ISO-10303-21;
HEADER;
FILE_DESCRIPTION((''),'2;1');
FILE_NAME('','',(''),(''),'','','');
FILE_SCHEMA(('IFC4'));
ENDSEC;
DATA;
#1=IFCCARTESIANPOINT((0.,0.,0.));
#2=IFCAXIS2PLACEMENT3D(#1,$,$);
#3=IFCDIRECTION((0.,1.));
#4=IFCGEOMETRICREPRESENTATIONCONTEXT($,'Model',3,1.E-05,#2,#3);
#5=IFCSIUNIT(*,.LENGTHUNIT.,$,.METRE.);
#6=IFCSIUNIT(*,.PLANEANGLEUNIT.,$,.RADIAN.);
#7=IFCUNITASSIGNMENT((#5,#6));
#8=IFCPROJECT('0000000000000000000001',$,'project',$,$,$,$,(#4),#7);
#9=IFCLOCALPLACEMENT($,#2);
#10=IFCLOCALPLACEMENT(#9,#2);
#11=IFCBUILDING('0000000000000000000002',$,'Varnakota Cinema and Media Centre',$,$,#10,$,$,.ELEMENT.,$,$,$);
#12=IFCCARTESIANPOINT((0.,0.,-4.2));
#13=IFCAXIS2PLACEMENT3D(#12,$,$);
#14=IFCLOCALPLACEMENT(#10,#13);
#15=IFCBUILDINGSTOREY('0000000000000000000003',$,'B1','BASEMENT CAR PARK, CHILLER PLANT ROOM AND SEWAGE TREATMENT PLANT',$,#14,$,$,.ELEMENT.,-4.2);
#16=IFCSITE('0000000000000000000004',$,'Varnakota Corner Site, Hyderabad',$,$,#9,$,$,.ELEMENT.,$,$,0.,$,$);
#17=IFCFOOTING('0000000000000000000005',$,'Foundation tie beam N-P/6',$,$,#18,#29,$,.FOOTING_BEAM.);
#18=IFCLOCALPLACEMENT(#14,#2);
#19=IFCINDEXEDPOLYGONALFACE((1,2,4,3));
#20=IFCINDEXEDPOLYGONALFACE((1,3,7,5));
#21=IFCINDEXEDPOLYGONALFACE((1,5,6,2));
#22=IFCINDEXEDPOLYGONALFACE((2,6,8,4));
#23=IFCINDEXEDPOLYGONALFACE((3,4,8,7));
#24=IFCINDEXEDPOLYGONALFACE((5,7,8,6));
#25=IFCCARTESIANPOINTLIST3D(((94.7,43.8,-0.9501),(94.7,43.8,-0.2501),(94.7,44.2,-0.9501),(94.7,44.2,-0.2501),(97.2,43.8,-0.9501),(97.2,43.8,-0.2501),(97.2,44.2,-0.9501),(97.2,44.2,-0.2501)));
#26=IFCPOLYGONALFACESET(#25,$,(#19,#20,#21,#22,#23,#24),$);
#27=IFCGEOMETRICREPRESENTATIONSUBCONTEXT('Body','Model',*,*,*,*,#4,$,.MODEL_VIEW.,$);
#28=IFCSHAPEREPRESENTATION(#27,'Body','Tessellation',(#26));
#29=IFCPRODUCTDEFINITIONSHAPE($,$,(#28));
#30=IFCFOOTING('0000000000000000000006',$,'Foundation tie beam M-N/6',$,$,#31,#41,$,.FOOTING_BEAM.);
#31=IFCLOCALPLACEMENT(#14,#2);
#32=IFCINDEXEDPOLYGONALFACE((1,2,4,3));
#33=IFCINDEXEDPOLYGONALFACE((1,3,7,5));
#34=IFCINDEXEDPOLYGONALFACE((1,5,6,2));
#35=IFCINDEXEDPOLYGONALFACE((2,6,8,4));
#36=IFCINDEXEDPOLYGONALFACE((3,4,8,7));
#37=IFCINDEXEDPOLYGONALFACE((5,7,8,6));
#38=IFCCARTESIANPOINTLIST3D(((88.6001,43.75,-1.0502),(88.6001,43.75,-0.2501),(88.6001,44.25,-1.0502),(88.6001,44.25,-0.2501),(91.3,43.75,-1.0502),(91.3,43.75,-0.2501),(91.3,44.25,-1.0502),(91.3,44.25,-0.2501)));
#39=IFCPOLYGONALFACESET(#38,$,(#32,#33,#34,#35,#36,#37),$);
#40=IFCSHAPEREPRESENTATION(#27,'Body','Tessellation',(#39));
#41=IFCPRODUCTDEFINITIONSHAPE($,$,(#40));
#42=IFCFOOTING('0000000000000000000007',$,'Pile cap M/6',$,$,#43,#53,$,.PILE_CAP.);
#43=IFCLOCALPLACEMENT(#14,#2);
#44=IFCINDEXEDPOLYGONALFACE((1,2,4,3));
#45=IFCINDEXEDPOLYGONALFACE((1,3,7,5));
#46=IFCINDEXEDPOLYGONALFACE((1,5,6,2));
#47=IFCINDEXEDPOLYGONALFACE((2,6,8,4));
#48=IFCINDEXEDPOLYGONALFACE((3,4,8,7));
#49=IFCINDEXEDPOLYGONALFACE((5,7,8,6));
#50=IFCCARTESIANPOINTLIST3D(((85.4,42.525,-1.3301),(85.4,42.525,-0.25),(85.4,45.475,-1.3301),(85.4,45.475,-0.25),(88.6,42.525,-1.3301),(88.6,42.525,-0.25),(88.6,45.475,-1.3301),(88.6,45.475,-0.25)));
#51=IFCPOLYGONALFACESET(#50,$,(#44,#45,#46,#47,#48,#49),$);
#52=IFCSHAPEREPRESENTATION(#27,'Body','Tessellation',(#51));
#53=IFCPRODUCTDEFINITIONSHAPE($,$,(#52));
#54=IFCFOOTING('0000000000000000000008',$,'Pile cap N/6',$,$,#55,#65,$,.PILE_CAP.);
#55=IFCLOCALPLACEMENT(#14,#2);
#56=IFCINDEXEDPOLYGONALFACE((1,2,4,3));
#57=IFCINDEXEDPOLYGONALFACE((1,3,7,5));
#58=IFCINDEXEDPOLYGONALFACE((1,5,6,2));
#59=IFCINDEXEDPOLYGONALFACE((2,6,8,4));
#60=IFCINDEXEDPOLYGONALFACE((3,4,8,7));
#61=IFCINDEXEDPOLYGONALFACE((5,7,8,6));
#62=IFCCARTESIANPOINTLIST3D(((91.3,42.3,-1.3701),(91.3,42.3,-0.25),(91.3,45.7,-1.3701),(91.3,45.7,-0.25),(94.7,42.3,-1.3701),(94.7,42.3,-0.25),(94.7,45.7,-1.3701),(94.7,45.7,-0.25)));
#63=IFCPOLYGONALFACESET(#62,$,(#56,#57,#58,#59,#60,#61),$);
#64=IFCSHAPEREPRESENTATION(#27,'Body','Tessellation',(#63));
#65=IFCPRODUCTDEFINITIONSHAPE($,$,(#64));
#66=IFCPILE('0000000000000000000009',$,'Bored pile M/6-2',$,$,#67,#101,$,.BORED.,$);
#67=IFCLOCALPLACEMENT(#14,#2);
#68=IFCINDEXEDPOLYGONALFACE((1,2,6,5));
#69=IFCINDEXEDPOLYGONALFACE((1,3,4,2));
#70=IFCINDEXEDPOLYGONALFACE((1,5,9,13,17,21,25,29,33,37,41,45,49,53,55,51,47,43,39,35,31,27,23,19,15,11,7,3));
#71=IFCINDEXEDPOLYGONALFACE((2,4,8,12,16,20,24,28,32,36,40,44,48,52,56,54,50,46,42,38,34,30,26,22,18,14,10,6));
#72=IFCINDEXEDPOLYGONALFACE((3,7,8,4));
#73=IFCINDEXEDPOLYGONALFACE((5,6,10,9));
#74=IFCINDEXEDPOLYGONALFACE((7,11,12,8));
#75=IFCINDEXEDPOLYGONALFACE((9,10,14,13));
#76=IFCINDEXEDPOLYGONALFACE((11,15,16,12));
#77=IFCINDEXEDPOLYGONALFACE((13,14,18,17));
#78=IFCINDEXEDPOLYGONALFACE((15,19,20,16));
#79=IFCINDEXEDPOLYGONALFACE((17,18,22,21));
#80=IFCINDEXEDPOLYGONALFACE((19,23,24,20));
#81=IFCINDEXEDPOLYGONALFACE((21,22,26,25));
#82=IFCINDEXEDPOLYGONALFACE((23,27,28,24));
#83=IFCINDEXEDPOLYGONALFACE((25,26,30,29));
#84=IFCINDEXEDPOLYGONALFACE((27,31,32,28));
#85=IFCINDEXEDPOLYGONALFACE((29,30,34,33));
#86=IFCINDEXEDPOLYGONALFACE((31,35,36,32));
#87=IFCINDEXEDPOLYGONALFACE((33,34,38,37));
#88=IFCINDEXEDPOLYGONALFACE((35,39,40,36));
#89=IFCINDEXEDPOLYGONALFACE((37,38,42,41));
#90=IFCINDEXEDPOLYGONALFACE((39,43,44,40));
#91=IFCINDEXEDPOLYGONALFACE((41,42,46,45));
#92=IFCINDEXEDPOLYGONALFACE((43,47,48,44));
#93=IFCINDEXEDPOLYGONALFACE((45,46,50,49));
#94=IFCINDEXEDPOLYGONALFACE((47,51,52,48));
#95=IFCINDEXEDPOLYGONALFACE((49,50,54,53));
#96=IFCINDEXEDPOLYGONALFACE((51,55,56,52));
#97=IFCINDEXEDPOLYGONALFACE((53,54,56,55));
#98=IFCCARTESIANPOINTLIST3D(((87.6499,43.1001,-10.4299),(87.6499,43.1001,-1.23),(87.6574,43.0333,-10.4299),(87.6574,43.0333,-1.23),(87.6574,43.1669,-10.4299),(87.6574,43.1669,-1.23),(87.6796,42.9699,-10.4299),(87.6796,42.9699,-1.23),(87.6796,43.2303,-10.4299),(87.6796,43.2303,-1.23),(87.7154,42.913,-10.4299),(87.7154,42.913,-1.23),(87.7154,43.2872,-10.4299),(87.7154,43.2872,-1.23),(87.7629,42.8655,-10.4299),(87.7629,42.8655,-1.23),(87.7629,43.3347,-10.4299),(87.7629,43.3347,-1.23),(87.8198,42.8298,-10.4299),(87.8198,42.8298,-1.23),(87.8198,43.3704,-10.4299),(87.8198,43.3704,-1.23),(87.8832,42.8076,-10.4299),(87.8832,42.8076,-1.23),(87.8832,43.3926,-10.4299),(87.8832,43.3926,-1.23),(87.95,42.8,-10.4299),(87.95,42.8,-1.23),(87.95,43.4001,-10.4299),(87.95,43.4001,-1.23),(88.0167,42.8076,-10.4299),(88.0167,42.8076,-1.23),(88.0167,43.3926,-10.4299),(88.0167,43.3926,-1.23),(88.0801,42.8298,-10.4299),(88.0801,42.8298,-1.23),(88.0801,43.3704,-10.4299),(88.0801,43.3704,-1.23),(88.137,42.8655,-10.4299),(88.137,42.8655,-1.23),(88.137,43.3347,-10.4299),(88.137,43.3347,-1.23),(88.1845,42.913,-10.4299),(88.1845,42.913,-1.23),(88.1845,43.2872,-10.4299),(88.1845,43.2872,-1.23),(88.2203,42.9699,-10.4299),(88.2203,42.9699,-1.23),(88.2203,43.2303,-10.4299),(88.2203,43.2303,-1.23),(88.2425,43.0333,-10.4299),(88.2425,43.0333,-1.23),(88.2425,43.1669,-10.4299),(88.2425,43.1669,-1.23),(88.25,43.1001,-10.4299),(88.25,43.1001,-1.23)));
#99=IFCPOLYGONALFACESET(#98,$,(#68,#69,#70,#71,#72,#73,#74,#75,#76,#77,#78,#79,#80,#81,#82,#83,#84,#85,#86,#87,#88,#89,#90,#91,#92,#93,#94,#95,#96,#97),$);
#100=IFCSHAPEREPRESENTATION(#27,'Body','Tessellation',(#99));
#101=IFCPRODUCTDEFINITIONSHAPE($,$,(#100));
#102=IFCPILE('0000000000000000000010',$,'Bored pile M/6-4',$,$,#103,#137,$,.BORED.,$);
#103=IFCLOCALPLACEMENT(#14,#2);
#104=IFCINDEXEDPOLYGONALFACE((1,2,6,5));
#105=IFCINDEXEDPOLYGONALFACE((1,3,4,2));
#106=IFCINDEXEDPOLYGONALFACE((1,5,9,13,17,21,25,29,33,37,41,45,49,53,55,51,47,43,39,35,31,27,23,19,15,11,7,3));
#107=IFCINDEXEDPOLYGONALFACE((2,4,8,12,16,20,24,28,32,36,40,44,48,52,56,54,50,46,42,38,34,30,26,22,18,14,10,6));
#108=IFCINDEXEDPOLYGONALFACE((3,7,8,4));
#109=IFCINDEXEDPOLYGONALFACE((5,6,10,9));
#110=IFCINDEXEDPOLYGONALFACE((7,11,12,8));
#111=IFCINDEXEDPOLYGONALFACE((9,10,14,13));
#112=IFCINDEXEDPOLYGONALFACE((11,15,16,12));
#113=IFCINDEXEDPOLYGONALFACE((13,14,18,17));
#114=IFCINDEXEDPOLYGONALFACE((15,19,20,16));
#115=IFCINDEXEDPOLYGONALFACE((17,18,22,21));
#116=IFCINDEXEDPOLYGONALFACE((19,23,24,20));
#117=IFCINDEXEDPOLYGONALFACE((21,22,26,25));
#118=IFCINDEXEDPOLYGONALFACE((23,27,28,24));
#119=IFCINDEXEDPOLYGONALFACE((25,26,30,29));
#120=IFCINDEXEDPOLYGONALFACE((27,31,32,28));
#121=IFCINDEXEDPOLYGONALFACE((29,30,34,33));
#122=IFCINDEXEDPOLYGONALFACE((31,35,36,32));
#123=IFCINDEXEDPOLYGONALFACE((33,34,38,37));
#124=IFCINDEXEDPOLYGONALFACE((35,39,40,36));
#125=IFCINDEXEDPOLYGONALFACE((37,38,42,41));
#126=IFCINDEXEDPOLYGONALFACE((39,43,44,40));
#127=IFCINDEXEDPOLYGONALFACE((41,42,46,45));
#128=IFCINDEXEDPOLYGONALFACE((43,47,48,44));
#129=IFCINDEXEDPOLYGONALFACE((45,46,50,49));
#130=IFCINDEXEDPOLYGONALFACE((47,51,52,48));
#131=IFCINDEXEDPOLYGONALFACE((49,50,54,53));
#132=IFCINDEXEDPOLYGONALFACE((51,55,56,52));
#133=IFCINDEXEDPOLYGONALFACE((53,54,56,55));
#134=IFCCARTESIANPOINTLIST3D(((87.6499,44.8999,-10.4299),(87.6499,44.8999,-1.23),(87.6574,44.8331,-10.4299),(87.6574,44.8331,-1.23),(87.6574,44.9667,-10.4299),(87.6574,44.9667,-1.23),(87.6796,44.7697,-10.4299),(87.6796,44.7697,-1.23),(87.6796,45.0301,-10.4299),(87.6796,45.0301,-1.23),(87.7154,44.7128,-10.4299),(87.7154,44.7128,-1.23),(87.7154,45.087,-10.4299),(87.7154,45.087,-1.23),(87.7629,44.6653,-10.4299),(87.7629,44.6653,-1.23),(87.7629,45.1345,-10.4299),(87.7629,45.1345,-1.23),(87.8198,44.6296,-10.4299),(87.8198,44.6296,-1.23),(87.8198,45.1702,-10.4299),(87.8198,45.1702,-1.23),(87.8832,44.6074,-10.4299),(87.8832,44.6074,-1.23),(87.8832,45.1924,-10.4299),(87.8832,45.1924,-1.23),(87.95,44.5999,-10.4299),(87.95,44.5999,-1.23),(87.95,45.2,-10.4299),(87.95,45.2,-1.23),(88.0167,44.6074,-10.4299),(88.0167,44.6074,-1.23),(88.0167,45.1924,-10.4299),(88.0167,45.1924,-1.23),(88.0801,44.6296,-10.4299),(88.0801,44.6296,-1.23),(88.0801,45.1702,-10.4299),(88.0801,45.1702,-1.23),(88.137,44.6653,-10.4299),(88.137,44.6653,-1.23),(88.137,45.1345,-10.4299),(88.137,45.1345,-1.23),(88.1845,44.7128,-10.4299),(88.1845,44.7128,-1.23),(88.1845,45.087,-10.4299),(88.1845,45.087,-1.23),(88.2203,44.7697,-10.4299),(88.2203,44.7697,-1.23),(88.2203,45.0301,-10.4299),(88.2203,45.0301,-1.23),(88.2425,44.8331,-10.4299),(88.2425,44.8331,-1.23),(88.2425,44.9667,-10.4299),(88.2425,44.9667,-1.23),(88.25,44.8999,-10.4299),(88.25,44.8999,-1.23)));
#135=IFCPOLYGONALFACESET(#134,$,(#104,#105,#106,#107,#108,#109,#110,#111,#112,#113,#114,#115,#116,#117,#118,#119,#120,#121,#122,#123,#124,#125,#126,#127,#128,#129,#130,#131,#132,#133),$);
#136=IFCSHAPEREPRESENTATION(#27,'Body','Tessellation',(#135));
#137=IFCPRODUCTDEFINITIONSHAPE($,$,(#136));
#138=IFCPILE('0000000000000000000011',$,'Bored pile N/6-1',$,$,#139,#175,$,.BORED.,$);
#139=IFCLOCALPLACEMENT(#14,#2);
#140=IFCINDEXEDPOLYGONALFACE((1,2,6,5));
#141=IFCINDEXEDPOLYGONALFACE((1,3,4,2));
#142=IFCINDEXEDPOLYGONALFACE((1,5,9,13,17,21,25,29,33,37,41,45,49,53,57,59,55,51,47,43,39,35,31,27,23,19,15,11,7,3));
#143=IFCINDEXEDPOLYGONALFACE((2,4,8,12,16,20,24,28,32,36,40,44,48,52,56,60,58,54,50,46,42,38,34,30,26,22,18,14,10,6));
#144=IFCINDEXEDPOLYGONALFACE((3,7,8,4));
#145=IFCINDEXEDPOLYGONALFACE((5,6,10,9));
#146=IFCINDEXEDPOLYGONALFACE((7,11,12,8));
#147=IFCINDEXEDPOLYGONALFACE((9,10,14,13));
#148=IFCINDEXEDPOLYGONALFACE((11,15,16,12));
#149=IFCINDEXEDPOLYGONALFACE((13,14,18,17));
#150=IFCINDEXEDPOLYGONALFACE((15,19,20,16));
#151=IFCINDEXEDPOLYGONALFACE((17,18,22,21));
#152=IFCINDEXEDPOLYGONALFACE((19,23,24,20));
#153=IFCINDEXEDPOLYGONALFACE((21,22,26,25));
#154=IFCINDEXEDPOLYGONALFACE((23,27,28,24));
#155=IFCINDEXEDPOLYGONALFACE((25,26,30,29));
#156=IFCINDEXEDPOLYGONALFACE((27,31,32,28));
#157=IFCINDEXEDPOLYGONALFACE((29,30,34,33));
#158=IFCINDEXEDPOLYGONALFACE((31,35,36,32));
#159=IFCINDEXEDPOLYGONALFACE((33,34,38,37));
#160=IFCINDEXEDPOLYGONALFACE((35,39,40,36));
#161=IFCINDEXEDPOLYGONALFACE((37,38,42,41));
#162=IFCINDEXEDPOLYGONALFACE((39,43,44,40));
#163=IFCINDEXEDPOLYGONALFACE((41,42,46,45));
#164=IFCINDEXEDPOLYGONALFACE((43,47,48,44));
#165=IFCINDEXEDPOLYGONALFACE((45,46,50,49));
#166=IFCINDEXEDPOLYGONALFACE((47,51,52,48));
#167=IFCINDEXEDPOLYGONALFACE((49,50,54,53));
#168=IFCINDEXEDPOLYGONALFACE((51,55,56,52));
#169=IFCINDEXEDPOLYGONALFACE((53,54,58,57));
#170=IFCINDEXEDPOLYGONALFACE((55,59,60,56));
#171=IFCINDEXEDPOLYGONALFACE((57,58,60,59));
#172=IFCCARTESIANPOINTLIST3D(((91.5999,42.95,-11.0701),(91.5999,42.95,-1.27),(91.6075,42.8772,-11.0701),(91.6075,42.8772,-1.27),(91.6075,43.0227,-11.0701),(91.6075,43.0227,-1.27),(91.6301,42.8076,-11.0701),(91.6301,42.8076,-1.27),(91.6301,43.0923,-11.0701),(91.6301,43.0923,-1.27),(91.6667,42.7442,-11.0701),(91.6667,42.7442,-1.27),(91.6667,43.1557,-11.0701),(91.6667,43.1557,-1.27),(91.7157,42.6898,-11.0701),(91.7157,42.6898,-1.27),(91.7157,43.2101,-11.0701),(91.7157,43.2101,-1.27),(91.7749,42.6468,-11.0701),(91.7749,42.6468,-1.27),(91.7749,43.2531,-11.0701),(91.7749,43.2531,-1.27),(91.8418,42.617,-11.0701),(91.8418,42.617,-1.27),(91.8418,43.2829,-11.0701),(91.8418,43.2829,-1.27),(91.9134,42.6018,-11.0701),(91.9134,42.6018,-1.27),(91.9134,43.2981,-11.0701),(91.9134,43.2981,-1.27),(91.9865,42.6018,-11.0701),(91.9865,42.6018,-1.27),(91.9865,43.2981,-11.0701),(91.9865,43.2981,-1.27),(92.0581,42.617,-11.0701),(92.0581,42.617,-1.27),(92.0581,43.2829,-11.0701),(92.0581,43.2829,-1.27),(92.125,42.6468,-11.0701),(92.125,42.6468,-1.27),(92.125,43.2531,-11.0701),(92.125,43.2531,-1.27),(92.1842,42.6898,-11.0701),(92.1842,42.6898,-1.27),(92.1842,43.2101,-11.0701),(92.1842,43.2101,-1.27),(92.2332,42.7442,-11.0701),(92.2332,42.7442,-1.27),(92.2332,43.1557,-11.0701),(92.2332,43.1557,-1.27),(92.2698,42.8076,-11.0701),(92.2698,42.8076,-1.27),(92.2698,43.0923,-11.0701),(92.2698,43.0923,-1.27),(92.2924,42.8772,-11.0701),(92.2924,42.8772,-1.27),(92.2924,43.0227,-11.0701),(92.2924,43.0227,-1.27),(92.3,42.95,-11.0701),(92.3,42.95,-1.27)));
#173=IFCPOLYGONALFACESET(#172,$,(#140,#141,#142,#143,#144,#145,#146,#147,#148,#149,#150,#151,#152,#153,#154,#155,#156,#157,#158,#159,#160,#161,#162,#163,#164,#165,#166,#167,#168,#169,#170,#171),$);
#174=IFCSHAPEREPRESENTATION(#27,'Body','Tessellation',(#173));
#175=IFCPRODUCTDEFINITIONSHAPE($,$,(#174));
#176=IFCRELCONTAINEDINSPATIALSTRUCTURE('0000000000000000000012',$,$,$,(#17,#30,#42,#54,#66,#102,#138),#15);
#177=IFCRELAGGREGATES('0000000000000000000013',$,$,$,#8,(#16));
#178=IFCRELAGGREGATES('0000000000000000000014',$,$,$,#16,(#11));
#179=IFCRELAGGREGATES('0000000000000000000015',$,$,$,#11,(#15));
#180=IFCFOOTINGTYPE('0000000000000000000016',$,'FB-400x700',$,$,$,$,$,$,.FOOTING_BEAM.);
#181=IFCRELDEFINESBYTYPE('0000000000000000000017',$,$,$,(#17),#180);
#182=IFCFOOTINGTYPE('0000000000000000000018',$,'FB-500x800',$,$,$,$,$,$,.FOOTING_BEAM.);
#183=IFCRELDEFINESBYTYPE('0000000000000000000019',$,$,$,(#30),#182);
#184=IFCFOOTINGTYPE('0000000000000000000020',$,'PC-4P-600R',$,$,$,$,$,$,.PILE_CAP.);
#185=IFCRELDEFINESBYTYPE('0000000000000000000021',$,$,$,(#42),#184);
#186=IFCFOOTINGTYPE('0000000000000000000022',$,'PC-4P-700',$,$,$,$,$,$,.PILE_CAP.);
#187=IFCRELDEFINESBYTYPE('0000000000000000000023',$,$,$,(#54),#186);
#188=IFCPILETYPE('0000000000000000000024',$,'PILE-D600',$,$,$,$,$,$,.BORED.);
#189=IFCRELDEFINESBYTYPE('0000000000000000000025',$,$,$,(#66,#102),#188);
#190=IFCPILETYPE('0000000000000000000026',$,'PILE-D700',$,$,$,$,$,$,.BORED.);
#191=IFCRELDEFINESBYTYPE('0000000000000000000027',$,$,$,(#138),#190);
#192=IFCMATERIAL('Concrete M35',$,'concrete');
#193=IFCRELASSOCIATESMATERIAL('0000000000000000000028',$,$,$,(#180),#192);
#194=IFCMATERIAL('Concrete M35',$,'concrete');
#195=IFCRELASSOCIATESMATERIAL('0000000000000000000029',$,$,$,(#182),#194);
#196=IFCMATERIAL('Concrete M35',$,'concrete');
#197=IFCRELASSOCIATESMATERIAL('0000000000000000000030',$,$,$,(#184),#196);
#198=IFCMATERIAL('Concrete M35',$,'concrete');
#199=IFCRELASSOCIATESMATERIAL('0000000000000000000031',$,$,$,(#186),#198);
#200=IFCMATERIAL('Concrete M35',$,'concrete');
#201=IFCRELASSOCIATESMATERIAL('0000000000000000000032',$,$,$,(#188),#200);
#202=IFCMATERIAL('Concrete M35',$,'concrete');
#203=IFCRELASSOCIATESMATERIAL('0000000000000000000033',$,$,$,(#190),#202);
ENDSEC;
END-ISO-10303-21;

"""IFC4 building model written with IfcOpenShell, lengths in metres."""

from ifc_helpers import new_model, si_unit, direction, frame, origin, origin_2d, place, context, subcontext, project, spatial, rectangle, circle, extrude, material, material_profile, profile_set, type_object, element, save


model = new_model("IFC4")

# Units and contexts
model_context = context("Model", 3, precision=1e-05, world=origin(), true_north=direction((0.0, 1.0)))
body_context = subcontext(model_context, "Body", "Model", "MODEL_VIEW")
ifc_project = project(units=[si_unit("LENGTHUNIT", "METRE"), si_unit("PLANEANGLEUNIT", "RADIAN")], contexts=[model_context])

# Site, building, storey
site_placement = place(None, origin())
site = spatial("IfcSite", under=ifc_project, at=site_placement, Name="Varnakota Corner Site, Hyderabad", CompositionType="ELEMENT", RefElevation=0.0)
building_placement = place(site_placement, origin())
building = spatial("IfcBuilding", under=site, at=building_placement, Name="Varnakota Cinema and Media Centre", CompositionType="ELEMENT")
storey_placement = place(building_placement, frame((0.0, 0.0, -4.2)))
storey = spatial("IfcBuildingStorey", under=building, at=storey_placement, Name="B1", Description="BASEMENT CAR PARK, CHILLER PLANT ROOM AND SEWAGE TREATMENT PLANT", CompositionType="ELEMENT", Elevation=-4.2)

# Footings
ifc_material_1 = material(Name="Concrete M35", Category="concrete")
ifc_material_profile_1 = material_profile(ifc_material_1, rectangle(XDim=0.3999, YDim=0.7, at=origin_2d()), Name="FB 400x700")
ifc_profile_set_1 = profile_set([ifc_material_profile_1], Name="Concrete M35")
footing_type_1 = type_object("IfcFootingType", Name="FB-400x700", PredefinedType="FOOTING_BEAM", material=ifc_profile_set_1)
footing_1_placement = place(storey_placement, frame((94.7, 44.0, -0.6001), z_axis=(1.0, 0.0, 0.0), x_axis=(0.0, 1.0, 0.0)))
element("IfcFooting", 1, at=footing_1_placement, inside=storey, type_object=footing_type_1, Name="Foundation tie beam N-P/6", PredefinedType="FOOTING_BEAM", context=body_context, shape_type="SweptSolid", body=[
    extrude(rectangle(XDim=0.3999, YDim=0.7, at=origin_2d()), origin(), (0.0, 0.0, 1.0), 2.5),
])
ifc_material_2 = material(Name="Concrete M35", Category="concrete")
ifc_material_profile_2 = material_profile(ifc_material_2, rectangle(XDim=0.5, YDim=0.8, at=origin_2d()), Name="FB 500x800")
ifc_profile_set_2 = profile_set([ifc_material_profile_2], Name="Concrete M35")
footing_type_2 = type_object("IfcFootingType", Name="FB-500x800", PredefinedType="FOOTING_BEAM", material=ifc_profile_set_2)
footing_2_placement = place(storey_placement, frame((88.6001, 44.0, -0.6501), z_axis=(1.0, 0.0, 0.0), x_axis=(0.0, 1.0, 0.0)))
element("IfcFooting", 2, at=footing_2_placement, inside=storey, type_object=footing_type_2, Name="Foundation tie beam M-N/6", PredefinedType="FOOTING_BEAM", context=body_context, shape_type="SweptSolid", body=[
    extrude(rectangle(XDim=0.5, YDim=0.8, at=origin_2d()), origin(), (0.0, 0.0, 1.0), 2.7),
])
ifc_material_3 = material(Name="Concrete M35", Category="concrete")
footing_type_3 = type_object("IfcFootingType", Name="PC-4P-600R", PredefinedType="PILE_CAP", material=ifc_material_3)
footing_3_placement = place(storey_placement, frame((87.0, 44.0, -1.3301), z_axis=(0.0, 0.0, 1.0), x_axis=(1.0, 0.0, 0.0)))
element("IfcFooting", 3, at=footing_3_placement, inside=storey, type_object=footing_type_3, Name="Pile cap M/6", PredefinedType="PILE_CAP", context=body_context, shape_type="SweptSolid", body=[
    extrude(rectangle(XDim=3.2, YDim=2.95, at=origin_2d()), origin(), (0.0, 0.0, 1.0), 1.0801),
])
ifc_material_4 = material(Name="Concrete M35", Category="concrete")
footing_type_4 = type_object("IfcFootingType", Name="PC-4P-700", PredefinedType="PILE_CAP", material=ifc_material_4)
footing_4_placement = place(storey_placement, frame((93.0, 44.0, -1.3701), z_axis=(0.0, 0.0, 1.0), x_axis=(1.0, 0.0, 0.0)))
element("IfcFooting", 4, at=footing_4_placement, inside=storey, type_object=footing_type_4, Name="Pile cap N/6", PredefinedType="PILE_CAP", context=body_context, shape_type="SweptSolid", body=[
    extrude(rectangle(XDim=3.3999, YDim=3.3999, at=origin_2d()), origin(), (0.0, 0.0, 1.0), 1.1201),
])

# Piles
ifc_material_5 = material(Name="Concrete M35", Category="concrete")
ifc_material_profile_3 = material_profile(ifc_material_5, circle(Radius=0.3, at=origin_2d()), Name="PILE D600")
ifc_profile_set_3 = profile_set([ifc_material_profile_3], Name="Concrete M35")
pile_type_1 = type_object("IfcPileType", Name="PILE-D600", PredefinedType="BORED", material=ifc_profile_set_3)
for number, where, z_axis, x_axis, name in (
    (5, (87.95, 43.1001, -1.23), (0.0, 0.0, -1.0), (1.0, 0.0, 0.0), "Bored pile M/6-2"),
    (6, (87.95, 44.8999, -1.23), (0.0, 0.0, -1.0), (1.0, 0.0, 0.0), "Bored pile M/6-4"),
):
    element("IfcPile", number, at=place(storey_placement, frame(where, z_axis=z_axis, x_axis=x_axis)), inside=storey, type_object=pile_type_1, Name=name, PredefinedType="BORED", context=body_context, shape_type="SweptSolid", body=[
        extrude(circle(Radius=0.3, at=origin_2d()), origin(), (0.0, 0.0, 1.0), 9.2),
    ])
ifc_material_6 = material(Name="Concrete M35", Category="concrete")
ifc_material_profile_4 = material_profile(ifc_material_6, circle(Radius=0.3501, at=origin_2d()), Name="PILE D700")
ifc_profile_set_4 = profile_set([ifc_material_profile_4], Name="Concrete M35")
pile_type_2 = type_object("IfcPileType", Name="PILE-D700", PredefinedType="BORED", material=ifc_profile_set_4)
for number, where, z_axis, x_axis, name in (
    (7, (91.95, 42.95, -1.27), (0.0, 0.0, -1.0), (1.0, 0.0, 0.0), "Bored pile N/6-1"),
):
    element("IfcPile", number, at=place(storey_placement, frame(where, z_axis=z_axis, x_axis=x_axis)), inside=storey, type_object=pile_type_2, Name=name, PredefinedType="BORED", context=body_context, shape_type="SweptSolid", body=[
        extrude(circle(Radius=0.3501, at=origin_2d()), origin(), (0.0, 0.0, 1.0), 9.8),
    ])

save(model, "model.ifc")
